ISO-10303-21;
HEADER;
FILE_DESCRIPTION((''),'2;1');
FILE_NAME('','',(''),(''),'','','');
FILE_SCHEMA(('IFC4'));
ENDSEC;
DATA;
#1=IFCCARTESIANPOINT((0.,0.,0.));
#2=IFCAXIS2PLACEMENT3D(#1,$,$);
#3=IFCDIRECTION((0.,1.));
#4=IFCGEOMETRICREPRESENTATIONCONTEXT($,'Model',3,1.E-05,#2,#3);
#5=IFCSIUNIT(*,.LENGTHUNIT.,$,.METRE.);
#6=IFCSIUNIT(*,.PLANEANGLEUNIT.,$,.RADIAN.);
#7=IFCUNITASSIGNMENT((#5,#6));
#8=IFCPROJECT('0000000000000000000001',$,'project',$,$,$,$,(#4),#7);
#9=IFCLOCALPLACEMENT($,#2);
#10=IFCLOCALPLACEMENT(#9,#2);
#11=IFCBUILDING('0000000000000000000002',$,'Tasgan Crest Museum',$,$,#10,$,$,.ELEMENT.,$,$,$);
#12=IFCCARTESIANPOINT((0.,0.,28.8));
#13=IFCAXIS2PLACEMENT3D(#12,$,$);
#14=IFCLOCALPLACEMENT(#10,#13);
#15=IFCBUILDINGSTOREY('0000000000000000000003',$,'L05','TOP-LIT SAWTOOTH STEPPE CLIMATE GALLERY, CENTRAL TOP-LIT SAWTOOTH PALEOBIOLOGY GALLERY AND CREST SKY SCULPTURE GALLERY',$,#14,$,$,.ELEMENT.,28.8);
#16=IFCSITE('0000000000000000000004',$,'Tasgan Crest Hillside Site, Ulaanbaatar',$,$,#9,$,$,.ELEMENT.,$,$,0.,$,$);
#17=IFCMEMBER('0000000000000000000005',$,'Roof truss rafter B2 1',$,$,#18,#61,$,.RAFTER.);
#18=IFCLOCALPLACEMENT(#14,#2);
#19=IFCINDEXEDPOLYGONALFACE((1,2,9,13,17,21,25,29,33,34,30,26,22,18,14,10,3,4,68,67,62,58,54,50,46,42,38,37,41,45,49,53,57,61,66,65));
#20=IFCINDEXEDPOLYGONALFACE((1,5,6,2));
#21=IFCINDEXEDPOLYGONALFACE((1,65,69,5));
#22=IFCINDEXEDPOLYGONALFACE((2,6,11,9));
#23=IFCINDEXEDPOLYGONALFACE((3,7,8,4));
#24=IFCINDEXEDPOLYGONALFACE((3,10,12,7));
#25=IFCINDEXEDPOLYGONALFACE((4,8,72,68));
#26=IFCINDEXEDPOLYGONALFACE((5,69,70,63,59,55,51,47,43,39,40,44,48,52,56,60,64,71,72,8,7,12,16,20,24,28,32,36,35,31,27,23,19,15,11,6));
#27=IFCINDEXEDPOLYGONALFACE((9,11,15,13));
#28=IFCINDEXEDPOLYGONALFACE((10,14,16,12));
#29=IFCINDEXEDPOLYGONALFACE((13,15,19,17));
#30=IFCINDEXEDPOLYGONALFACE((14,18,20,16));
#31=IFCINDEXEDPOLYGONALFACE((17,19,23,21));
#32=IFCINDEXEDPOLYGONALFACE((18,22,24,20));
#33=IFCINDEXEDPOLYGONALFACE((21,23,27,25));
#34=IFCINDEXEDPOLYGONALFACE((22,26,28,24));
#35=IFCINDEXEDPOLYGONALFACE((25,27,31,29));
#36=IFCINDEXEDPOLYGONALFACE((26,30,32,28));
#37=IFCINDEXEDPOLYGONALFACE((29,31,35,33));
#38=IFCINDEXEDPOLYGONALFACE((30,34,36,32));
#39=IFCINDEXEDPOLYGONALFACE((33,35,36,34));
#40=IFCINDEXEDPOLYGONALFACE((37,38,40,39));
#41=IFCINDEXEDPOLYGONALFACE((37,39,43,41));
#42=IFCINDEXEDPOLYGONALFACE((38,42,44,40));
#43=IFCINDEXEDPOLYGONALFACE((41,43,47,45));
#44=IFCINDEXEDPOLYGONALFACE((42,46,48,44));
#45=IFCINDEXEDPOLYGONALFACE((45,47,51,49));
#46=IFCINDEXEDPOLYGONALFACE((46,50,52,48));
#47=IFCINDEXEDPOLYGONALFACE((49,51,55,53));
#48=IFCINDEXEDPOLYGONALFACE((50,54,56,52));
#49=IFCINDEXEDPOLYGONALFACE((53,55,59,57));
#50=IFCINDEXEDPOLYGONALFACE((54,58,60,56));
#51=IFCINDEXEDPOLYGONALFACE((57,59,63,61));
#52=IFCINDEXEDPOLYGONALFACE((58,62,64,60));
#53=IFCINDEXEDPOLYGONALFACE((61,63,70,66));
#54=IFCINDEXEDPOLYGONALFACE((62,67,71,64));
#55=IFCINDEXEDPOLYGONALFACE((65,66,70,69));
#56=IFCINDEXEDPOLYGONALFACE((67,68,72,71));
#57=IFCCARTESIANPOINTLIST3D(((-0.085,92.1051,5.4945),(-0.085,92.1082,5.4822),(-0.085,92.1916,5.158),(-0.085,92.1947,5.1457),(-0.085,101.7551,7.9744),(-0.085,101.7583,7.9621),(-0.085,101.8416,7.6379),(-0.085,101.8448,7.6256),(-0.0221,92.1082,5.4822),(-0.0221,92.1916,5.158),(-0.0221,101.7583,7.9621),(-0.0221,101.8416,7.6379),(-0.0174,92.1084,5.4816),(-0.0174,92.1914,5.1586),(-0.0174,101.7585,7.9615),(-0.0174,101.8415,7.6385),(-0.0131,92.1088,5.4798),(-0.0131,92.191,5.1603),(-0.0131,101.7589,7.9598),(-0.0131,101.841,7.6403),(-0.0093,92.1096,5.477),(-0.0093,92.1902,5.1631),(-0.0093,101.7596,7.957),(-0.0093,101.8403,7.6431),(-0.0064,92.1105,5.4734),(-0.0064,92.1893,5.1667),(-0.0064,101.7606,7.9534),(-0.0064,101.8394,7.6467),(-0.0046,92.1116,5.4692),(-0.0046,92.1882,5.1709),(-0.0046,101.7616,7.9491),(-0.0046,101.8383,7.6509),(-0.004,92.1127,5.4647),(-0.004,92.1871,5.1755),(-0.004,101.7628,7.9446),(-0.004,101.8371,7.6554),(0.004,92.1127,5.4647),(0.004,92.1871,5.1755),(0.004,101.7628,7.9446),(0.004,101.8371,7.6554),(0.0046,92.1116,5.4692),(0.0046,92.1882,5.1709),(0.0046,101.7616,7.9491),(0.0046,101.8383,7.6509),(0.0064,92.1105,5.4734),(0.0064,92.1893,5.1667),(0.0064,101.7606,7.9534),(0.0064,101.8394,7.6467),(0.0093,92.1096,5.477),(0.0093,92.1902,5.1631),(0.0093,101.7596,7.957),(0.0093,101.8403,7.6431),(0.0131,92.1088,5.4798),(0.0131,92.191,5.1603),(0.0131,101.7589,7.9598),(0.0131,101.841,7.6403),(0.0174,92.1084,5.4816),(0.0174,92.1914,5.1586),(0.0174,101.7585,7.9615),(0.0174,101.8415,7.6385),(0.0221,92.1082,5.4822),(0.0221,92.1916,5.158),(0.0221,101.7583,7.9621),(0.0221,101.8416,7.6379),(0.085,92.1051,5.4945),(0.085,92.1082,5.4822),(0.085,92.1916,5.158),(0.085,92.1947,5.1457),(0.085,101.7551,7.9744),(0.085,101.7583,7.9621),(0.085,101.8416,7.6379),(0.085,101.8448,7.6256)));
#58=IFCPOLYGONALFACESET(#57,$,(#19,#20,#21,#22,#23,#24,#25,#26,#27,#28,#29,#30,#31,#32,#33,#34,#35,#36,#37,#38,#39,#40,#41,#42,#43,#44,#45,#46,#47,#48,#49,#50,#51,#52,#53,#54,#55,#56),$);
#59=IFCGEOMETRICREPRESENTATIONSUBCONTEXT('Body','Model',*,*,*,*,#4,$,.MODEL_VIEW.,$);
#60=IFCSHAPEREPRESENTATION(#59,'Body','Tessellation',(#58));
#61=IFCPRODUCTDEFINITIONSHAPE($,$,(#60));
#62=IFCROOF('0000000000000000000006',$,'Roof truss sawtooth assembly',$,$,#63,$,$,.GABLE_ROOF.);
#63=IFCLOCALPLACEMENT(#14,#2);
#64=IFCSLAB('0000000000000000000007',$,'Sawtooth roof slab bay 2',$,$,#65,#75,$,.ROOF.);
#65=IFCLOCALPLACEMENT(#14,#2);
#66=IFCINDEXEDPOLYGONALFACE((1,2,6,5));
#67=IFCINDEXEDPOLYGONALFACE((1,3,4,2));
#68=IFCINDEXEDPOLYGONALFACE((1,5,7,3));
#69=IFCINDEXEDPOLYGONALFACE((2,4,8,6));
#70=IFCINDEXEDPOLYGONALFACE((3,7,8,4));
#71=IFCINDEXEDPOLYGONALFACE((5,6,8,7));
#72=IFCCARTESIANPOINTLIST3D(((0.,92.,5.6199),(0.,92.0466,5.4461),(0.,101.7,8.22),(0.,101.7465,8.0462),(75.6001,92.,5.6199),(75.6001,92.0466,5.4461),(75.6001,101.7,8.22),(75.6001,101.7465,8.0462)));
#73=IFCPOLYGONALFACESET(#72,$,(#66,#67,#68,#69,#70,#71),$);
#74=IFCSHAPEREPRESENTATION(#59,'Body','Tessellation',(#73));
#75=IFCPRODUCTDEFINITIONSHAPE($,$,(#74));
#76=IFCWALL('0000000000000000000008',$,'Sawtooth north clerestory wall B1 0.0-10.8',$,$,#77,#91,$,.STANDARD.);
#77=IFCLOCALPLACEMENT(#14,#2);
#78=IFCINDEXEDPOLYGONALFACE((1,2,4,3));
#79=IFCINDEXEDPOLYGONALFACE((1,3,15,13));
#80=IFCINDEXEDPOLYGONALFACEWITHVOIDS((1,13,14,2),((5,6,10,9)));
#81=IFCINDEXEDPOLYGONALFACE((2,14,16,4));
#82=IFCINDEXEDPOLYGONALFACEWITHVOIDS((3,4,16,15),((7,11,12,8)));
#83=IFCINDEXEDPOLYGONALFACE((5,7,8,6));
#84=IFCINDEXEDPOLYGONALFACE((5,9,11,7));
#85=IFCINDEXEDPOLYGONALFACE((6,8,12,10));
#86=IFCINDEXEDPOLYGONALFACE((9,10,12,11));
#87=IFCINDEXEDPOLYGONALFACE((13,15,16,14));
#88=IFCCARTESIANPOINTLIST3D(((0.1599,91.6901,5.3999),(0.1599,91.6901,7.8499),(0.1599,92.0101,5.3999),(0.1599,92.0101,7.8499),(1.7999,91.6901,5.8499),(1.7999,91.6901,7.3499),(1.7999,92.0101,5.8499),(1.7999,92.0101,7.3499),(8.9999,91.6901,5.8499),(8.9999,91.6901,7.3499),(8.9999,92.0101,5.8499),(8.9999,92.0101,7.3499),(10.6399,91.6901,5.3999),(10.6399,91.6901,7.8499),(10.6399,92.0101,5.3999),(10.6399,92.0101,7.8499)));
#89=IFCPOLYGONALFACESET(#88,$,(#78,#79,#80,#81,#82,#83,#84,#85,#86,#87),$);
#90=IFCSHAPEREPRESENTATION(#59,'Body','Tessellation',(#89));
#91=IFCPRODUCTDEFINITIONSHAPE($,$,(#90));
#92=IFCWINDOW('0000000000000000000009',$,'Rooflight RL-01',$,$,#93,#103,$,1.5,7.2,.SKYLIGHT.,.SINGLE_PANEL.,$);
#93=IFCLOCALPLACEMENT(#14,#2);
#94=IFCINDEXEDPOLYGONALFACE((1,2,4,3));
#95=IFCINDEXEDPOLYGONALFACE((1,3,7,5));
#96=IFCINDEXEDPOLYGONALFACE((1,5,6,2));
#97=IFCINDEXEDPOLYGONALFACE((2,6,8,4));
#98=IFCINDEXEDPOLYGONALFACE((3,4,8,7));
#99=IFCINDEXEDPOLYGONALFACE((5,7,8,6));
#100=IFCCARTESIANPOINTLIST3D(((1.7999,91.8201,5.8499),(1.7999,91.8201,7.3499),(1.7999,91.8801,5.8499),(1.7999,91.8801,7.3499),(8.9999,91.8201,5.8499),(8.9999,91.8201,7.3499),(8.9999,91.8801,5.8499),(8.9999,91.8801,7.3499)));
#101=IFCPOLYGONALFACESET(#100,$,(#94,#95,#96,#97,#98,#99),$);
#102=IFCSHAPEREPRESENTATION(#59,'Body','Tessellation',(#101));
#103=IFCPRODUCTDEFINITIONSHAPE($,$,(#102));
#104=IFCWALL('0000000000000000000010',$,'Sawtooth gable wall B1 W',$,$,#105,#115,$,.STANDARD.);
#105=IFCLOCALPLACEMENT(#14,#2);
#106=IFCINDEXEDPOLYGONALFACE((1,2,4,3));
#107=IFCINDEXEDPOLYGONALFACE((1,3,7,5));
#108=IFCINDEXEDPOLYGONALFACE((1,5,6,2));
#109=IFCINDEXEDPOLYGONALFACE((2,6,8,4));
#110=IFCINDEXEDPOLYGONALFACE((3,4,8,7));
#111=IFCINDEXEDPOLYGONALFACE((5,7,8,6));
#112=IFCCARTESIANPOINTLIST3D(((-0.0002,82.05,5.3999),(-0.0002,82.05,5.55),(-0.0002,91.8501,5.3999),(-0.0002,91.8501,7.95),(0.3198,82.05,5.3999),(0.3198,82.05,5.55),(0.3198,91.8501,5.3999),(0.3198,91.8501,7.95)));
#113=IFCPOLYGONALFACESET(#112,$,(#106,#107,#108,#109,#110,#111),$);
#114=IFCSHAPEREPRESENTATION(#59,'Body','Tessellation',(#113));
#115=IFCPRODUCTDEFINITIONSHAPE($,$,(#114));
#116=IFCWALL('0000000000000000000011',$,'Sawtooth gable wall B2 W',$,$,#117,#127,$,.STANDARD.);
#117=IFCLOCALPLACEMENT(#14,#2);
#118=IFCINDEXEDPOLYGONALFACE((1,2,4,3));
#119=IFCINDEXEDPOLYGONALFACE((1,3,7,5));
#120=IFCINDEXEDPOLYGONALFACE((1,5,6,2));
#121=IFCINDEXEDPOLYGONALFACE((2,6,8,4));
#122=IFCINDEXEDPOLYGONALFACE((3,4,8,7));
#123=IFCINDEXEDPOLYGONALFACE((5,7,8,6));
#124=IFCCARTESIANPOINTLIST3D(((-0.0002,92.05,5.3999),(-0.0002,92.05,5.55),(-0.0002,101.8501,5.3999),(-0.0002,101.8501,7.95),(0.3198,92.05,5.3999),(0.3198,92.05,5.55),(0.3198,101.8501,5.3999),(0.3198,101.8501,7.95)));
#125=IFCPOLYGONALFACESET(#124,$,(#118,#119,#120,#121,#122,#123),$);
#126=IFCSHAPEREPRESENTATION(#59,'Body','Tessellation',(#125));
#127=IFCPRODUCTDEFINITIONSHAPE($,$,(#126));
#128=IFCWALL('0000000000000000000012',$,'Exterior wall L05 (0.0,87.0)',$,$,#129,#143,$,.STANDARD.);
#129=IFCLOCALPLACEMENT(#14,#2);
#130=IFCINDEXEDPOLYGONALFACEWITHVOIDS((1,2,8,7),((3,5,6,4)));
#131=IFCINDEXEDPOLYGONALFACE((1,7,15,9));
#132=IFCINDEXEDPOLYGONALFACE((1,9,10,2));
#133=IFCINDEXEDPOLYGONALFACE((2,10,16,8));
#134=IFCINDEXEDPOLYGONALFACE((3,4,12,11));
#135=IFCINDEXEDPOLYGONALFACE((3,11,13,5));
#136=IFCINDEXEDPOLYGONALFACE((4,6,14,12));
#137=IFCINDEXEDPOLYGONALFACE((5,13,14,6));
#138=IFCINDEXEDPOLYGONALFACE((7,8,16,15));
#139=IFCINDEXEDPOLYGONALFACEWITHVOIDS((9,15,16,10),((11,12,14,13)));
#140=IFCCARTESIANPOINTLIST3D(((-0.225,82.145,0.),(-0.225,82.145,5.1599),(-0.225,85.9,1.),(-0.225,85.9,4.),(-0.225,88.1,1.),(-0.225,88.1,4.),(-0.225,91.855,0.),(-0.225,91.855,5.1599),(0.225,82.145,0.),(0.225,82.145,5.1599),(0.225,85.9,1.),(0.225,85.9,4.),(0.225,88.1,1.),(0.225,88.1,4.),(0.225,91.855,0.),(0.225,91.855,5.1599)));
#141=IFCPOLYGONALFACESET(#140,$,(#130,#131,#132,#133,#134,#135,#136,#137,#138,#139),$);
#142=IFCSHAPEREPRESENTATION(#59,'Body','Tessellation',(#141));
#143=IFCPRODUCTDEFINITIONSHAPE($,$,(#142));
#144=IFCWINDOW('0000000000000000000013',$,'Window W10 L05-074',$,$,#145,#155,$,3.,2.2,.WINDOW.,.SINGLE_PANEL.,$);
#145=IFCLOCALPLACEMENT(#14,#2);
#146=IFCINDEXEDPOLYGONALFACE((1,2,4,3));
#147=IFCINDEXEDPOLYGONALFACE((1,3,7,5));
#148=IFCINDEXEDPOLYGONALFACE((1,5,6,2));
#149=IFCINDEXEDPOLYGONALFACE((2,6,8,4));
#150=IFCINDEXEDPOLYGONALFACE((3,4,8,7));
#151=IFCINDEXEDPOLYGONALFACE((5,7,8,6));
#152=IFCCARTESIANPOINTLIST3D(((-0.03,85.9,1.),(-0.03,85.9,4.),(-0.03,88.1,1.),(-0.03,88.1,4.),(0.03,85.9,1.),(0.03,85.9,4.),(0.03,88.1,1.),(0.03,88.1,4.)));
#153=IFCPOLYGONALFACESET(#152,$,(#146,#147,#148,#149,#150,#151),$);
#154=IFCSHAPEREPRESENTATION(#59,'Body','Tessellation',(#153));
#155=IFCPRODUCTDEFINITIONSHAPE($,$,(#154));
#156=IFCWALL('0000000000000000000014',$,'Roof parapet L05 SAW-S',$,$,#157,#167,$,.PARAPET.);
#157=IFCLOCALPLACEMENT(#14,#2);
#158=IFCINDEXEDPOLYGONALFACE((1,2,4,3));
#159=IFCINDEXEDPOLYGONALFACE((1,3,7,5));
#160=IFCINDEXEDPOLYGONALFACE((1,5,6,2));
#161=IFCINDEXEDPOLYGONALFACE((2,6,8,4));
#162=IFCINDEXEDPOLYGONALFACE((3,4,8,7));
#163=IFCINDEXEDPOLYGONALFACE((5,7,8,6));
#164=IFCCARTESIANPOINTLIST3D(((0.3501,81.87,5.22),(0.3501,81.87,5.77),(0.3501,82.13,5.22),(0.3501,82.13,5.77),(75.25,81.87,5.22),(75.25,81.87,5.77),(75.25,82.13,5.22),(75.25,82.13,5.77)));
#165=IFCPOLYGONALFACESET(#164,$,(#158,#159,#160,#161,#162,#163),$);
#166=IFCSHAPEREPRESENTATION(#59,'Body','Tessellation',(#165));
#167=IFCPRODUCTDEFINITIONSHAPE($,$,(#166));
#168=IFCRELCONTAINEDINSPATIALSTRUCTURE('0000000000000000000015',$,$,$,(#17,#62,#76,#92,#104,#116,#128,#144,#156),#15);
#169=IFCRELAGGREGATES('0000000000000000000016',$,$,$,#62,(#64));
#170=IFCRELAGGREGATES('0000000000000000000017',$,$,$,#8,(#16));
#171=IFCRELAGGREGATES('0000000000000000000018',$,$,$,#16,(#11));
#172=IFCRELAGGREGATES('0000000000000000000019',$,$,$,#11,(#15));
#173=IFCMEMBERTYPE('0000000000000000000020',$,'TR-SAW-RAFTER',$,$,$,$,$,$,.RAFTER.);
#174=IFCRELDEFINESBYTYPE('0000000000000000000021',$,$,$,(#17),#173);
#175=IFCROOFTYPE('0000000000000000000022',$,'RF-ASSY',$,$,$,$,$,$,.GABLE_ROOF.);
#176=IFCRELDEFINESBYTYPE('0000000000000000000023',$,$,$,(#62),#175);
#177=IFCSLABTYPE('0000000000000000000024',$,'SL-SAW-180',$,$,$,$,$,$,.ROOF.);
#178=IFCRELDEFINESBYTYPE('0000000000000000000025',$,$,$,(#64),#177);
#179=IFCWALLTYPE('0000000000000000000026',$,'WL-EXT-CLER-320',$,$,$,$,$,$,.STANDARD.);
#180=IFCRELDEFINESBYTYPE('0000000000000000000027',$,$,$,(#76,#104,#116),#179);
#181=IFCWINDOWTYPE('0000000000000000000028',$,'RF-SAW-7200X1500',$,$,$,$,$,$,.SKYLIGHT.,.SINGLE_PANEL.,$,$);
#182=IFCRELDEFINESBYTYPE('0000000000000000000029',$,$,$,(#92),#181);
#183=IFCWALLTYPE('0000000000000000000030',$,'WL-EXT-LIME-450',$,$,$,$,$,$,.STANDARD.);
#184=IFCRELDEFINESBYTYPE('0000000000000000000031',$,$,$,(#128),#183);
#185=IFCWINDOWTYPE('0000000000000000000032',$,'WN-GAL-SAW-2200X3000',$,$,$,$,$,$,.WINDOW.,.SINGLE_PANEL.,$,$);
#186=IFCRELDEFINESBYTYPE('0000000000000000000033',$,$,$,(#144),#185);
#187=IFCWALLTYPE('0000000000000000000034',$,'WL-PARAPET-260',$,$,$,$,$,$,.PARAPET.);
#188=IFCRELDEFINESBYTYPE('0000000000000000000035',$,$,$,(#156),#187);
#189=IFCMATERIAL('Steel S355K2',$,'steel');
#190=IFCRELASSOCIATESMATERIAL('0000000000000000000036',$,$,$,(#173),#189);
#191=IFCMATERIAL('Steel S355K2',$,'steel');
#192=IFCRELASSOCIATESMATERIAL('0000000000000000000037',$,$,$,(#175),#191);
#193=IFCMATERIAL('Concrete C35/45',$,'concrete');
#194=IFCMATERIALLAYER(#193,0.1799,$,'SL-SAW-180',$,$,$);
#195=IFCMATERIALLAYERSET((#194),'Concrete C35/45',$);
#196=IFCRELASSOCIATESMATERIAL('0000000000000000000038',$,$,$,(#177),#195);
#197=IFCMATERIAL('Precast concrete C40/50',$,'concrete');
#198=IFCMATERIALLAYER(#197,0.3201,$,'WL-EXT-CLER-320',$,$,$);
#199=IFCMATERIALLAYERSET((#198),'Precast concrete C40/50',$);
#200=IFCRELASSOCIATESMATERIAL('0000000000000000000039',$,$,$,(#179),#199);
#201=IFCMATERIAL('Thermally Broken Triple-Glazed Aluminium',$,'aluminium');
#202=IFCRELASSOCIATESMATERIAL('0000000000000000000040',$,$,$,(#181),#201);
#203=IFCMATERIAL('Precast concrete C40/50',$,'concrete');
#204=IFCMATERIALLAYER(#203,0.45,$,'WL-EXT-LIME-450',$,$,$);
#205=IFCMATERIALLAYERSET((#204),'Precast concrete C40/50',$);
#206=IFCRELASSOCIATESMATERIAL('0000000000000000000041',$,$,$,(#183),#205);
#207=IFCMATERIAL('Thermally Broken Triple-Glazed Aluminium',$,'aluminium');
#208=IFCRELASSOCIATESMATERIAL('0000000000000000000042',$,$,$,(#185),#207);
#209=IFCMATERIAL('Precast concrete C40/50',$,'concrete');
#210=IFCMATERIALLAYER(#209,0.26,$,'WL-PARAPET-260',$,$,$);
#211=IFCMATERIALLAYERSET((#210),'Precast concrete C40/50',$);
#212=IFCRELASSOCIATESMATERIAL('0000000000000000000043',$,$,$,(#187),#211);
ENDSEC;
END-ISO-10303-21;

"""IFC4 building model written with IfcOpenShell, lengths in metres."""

from ifc_helpers import new_model, si_unit, direction, frame, frame_2d, origin, origin_2d, place, context, subcontext, project, spatial, polyline, rectangle, i_section, outline, extrude, material, layer, layer_set, material_profile, profile_set, type_object, element, fill, aggregate, save


model = new_model("IFC4")

# Units and contexts
model_context = context("Model", 3, precision=1e-05, world=origin(), true_north=direction((0.0, 1.0)))
body_context = subcontext(model_context, "Body", "Model", "MODEL_VIEW")
ifc_project = project(units=[si_unit("LENGTHUNIT", "METRE"), si_unit("PLANEANGLEUNIT", "RADIAN")], contexts=[model_context])

# Site, building, storey
site_placement = place(None, origin())
site = spatial("IfcSite", under=ifc_project, at=site_placement, Name="Tasgan Crest Hillside Site, Ulaanbaatar", CompositionType="ELEMENT", RefElevation=0.0)
building_placement = place(site_placement, origin())
building = spatial("IfcBuilding", under=site, at=building_placement, Name="Tasgan Crest Museum", CompositionType="ELEMENT")
storey_placement = place(building_placement, frame((0.0, 0.0, 28.8)))
storey = spatial("IfcBuildingStorey", under=building, at=storey_placement, Name="L05", Description="TOP-LIT SAWTOOTH STEPPE CLIMATE GALLERY, CENTRAL TOP-LIT SAWTOOTH PALEOBIOLOGY GALLERY AND CREST SKY SCULPTURE GALLERY", CompositionType="ELEMENT", Elevation=28.8)

# Member
ifc_material_1 = material(Name="Steel S355K2", Category="steel")
ifc_material_profile_1 = material_profile(ifc_material_1, i_section(OverallWidth=0.1699, OverallDepth=0.3601, WebThickness=0.0081, FlangeThickness=0.0127, FilletRadius=0.0181, at=origin_2d()), Name="IPE 360")
ifc_profile_set_1 = profile_set([ifc_material_profile_1], Name="Steel S355K2")
member_type_1 = type_object("IfcMemberType", Name="TR-SAW-RAFTER", PredefinedType="RAFTER", material=ifc_profile_set_1)
for number, where, z_axis, x_axis, name in (
    (1, (0.0, 92.1499, 5.3201), (0.0, 0.968529, 0.248901), (-1.0, 0.0, 0.0), "Roof truss rafter B2 1"),
):
    element("IfcMember", number, at=place(storey_placement, frame(where, z_axis=z_axis, x_axis=x_axis)), inside=storey, type_object=member_type_1, Name=name, PredefinedType="RAFTER", context=body_context, shape_type="SweptSolid", body=[
        extrude(i_section(OverallWidth=0.1699, OverallDepth=0.3601, WebThickness=0.0081, FlangeThickness=0.0127, FilletRadius=0.0181, at=origin_2d()), origin(), (0.0, 0.0, 1.0), 9.9636),
    ])

# Roof, slab
ifc_material_2 = material(Name="Steel S355K2", Category="steel")
roof_type = type_object("IfcRoofType", Name="RF-ASSY", PredefinedType="GABLE_ROOF", material=ifc_material_2)
roof_placement = place(storey_placement, origin())
roof = element("IfcRoof", 2, at=roof_placement, inside=storey, type_object=roof_type, Name="Roof truss sawtooth assembly", PredefinedType="GABLE_ROOF")
ifc_material_3 = material(Name="Concrete C35/45", Category="concrete")
ifc_layer_1 = layer(ifc_material_3, 0.1799, Name="SL-SAW-180")
ifc_layer_set_1 = layer_set([ifc_layer_1], Name="Concrete C35/45")
slab_type = type_object("IfcSlabType", Name="SL-SAW-180", PredefinedType="ROOF", material=ifc_layer_set_1)
slab_placement = place(storey_placement, frame((0.0, 92.0, 5.6199), z_axis=(0.0, -0.258912, 0.965901), x_axis=(1.0, 0.0, 0.0)))
slab = element("IfcSlab", 3, at=slab_placement, type_object=slab_type, Name="Sawtooth roof slab bay 2", PredefinedType="ROOF", context=body_context, shape_type="SweptSolid", body=[
    extrude(outline(polyline([(0.0, 0.0), (75.6001, 0.0), (75.6001, 10.0424), (0.0, 10.0424), (0.0, 0.0)])), origin(), (0.0, 0.0, -1.0), 0.1799),
])
aggregate(roof, [slab])

# Wall, opening, window
ifc_material_4 = material(Name="Precast concrete C40/50", Category="concrete")
ifc_layer_2 = layer(ifc_material_4, 0.3201, Name="WL-EXT-CLER-320")
ifc_layer_set_2 = layer_set([ifc_layer_2], Name="Precast concrete C40/50")
wall_type_1 = type_object("IfcWallType", Name="WL-EXT-CLER-320", PredefinedType="STANDARD", material=ifc_layer_set_2)
wall_1_placement = place(storey_placement, frame((0.1599, 91.8501, 5.3999), z_axis=(0.0, 0.0, 1.0), x_axis=(1.0, 0.0, 0.0)))
wall_1 = element("IfcWall", 4, at=wall_1_placement, inside=storey, type_object=wall_type_1, Name="Sawtooth north clerestory wall B1 0.0-10.8", PredefinedType="STANDARD", context=body_context, shape_type="SweptSolid", body=[
    extrude(rectangle(XDim=10.48, YDim=0.3201, at=frame_2d((5.24, 0.0))), origin(), (0.0, 0.0, 1.0), 2.45),
])
opening_1_placement = place(wall_1_placement, frame((1.6399, 0.0, 0.45)))
opening_1 = element("IfcOpeningElement", 5, at=opening_1_placement, cuts=wall_1, PredefinedType="OPENING", context=body_context, shape_type="SweptSolid", body=[
    extrude(rectangle(XDim=7.2, YDim=1.5, at=frame_2d((3.6001, 0.75))), frame((0.0, 0.1699, 0.0), z_axis=(0.0, -1.0, 0.0), x_axis=(1.0, 0.0, 0.0)), (0.0, 0.0, 1.0), 0.3401),
])
ifc_material_5 = material(Name="Thermally Broken Triple-Glazed Aluminium", Category="aluminium")
window_type_1 = type_object("IfcWindowType", Name="RF-SAW-7200X1500", PartitioningType="SINGLE_PANEL", PredefinedType="SKYLIGHT", material=ifc_material_5)
window_1_placement = place(opening_1_placement, origin())
window_1 = element("IfcWindow", 6, at=window_1_placement, inside=storey, type_object=window_type_1, Name="Rooflight RL-01", OverallHeight=1.5, OverallWidth=7.2, PartitioningType="SINGLE_PANEL", PredefinedType="SKYLIGHT", context=body_context, shape_type="SweptSolid", body=[
    extrude(rectangle(XDim=7.2, YDim=1.5, at=frame_2d((3.6001, 0.75))), frame((0.0, 0.03, 0.0), z_axis=(0.0, -1.0, 0.0), x_axis=(1.0, 0.0, 0.0)), (0.0, 0.0, 1.0), 0.0601),
])
fill(opening_1, window_1)

# Walls
for number, where, z_axis, x_axis, name in (
    (7, (0.1599, 82.05, 5.3999), (0.0, 0.0, 1.0), (0.0, 1.0, 0.0), "Sawtooth gable wall B1 W"),
    (8, (0.1599, 92.05, 5.3999), (0.0, 0.0, 1.0), (0.0, 1.0, 0.0), "Sawtooth gable wall B2 W"),
):
    element("IfcWall", number, at=place(storey_placement, frame(where, z_axis=z_axis, x_axis=x_axis)), inside=storey, type_object=wall_type_1, Name=name, PredefinedType="STANDARD", context=body_context, shape_type="SweptSolid", body=[
        extrude(outline(polyline([(0.0, 0.0), (9.8, 0.0), (9.8, 2.55), (0.0, 0.1501), (0.0, 0.0)])), frame((0.0, 0.1602, 0.0), z_axis=(0.0, -1.0, 0.0), x_axis=(1.0, 0.0, 0.0)), (0.0, 0.0, 1.0), 0.3201),
    ])

# Wall, opening, window
ifc_material_6 = material(Name="Precast concrete C40/50", Category="concrete")
ifc_layer_3 = layer(ifc_material_6, 0.45, Name="WL-EXT-LIME-450")
ifc_layer_set_3 = layer_set([ifc_layer_3], Name="Precast concrete C40/50")
wall_type_2 = type_object("IfcWallType", Name="WL-EXT-LIME-450", PredefinedType="STANDARD", material=ifc_layer_set_3)
wall_2_placement = place(storey_placement, frame((0.0, 91.855, 0.0), z_axis=(0.0, 0.0, 1.0), x_axis=(0.0, -1.0, 0.0)))
wall_2 = element("IfcWall", 9, at=wall_2_placement, inside=storey, type_object=wall_type_2, Name="Exterior wall L05 (0.0,87.0)", PredefinedType="STANDARD", context=body_context, shape_type="SweptSolid", body=[
    extrude(rectangle(XDim=9.71, YDim=0.45, at=frame_2d((4.855, 0.0))), origin(), (0.0, 0.0, 1.0), 5.1599),
])
opening_2_placement = place(wall_2_placement, frame((3.7549, 0.0, 1.0)))
opening_2 = element("IfcOpeningElement", 10, at=opening_2_placement, cuts=wall_2, PredefinedType="OPENING", context=body_context, shape_type="SweptSolid", body=[
    extrude(rectangle(XDim=2.2, YDim=3.0, at=frame_2d((1.1001, 1.5))), frame((0.0, 0.2349, 0.0), z_axis=(0.0, -1.0, 0.0), x_axis=(1.0, 0.0, 0.0)), (0.0, 0.0, 1.0), 0.47),
])
ifc_material_7 = material(Name="Thermally Broken Triple-Glazed Aluminium", Category="aluminium")
window_type_2 = type_object("IfcWindowType", Name="WN-GAL-SAW-2200X3000", PartitioningType="SINGLE_PANEL", PredefinedType="WINDOW", material=ifc_material_7)
window_2_placement = place(opening_2_placement, origin())
window_2 = element("IfcWindow", 11, at=window_2_placement, inside=storey, type_object=window_type_2, Name="Window W10 L05-074", OverallHeight=3.0, OverallWidth=2.2, PartitioningType="SINGLE_PANEL", PredefinedType="WINDOW", context=body_context, shape_type="SweptSolid", body=[
    extrude(rectangle(XDim=2.2, YDim=3.0, at=frame_2d((1.1001, 1.5))), frame((0.0, 0.03, 0.0), z_axis=(0.0, -1.0, 0.0), x_axis=(1.0, 0.0, 0.0)), (0.0, 0.0, 1.0), 0.0601),
])
fill(opening_2, window_2)

# Wall
ifc_material_8 = material(Name="Precast concrete C40/50", Category="concrete")
ifc_layer_4 = layer(ifc_material_8, 0.26, Name="WL-PARAPET-260")
ifc_layer_set_4 = layer_set([ifc_layer_4], Name="Precast concrete C40/50")
wall_type_3 = type_object("IfcWallType", Name="WL-PARAPET-260", PredefinedType="PARAPET", material=ifc_layer_set_4)
wall_3_placement = place(storey_placement, frame((0.3501, 82.0, 5.22), z_axis=(0.0, 0.0, 1.0), x_axis=(1.0, 0.0, 0.0)))
element("IfcWall", 12, at=wall_3_placement, inside=storey, type_object=wall_type_3, Name="Roof parapet L05 SAW-S", PredefinedType="PARAPET", context=body_context, shape_type="SweptSolid", body=[
    extrude(rectangle(XDim=74.8999, YDim=0.26, at=frame_2d((37.45, 0.0))), origin(), (0.0, 0.0, 1.0), 0.55),
])

save(model, "model.ifc")
